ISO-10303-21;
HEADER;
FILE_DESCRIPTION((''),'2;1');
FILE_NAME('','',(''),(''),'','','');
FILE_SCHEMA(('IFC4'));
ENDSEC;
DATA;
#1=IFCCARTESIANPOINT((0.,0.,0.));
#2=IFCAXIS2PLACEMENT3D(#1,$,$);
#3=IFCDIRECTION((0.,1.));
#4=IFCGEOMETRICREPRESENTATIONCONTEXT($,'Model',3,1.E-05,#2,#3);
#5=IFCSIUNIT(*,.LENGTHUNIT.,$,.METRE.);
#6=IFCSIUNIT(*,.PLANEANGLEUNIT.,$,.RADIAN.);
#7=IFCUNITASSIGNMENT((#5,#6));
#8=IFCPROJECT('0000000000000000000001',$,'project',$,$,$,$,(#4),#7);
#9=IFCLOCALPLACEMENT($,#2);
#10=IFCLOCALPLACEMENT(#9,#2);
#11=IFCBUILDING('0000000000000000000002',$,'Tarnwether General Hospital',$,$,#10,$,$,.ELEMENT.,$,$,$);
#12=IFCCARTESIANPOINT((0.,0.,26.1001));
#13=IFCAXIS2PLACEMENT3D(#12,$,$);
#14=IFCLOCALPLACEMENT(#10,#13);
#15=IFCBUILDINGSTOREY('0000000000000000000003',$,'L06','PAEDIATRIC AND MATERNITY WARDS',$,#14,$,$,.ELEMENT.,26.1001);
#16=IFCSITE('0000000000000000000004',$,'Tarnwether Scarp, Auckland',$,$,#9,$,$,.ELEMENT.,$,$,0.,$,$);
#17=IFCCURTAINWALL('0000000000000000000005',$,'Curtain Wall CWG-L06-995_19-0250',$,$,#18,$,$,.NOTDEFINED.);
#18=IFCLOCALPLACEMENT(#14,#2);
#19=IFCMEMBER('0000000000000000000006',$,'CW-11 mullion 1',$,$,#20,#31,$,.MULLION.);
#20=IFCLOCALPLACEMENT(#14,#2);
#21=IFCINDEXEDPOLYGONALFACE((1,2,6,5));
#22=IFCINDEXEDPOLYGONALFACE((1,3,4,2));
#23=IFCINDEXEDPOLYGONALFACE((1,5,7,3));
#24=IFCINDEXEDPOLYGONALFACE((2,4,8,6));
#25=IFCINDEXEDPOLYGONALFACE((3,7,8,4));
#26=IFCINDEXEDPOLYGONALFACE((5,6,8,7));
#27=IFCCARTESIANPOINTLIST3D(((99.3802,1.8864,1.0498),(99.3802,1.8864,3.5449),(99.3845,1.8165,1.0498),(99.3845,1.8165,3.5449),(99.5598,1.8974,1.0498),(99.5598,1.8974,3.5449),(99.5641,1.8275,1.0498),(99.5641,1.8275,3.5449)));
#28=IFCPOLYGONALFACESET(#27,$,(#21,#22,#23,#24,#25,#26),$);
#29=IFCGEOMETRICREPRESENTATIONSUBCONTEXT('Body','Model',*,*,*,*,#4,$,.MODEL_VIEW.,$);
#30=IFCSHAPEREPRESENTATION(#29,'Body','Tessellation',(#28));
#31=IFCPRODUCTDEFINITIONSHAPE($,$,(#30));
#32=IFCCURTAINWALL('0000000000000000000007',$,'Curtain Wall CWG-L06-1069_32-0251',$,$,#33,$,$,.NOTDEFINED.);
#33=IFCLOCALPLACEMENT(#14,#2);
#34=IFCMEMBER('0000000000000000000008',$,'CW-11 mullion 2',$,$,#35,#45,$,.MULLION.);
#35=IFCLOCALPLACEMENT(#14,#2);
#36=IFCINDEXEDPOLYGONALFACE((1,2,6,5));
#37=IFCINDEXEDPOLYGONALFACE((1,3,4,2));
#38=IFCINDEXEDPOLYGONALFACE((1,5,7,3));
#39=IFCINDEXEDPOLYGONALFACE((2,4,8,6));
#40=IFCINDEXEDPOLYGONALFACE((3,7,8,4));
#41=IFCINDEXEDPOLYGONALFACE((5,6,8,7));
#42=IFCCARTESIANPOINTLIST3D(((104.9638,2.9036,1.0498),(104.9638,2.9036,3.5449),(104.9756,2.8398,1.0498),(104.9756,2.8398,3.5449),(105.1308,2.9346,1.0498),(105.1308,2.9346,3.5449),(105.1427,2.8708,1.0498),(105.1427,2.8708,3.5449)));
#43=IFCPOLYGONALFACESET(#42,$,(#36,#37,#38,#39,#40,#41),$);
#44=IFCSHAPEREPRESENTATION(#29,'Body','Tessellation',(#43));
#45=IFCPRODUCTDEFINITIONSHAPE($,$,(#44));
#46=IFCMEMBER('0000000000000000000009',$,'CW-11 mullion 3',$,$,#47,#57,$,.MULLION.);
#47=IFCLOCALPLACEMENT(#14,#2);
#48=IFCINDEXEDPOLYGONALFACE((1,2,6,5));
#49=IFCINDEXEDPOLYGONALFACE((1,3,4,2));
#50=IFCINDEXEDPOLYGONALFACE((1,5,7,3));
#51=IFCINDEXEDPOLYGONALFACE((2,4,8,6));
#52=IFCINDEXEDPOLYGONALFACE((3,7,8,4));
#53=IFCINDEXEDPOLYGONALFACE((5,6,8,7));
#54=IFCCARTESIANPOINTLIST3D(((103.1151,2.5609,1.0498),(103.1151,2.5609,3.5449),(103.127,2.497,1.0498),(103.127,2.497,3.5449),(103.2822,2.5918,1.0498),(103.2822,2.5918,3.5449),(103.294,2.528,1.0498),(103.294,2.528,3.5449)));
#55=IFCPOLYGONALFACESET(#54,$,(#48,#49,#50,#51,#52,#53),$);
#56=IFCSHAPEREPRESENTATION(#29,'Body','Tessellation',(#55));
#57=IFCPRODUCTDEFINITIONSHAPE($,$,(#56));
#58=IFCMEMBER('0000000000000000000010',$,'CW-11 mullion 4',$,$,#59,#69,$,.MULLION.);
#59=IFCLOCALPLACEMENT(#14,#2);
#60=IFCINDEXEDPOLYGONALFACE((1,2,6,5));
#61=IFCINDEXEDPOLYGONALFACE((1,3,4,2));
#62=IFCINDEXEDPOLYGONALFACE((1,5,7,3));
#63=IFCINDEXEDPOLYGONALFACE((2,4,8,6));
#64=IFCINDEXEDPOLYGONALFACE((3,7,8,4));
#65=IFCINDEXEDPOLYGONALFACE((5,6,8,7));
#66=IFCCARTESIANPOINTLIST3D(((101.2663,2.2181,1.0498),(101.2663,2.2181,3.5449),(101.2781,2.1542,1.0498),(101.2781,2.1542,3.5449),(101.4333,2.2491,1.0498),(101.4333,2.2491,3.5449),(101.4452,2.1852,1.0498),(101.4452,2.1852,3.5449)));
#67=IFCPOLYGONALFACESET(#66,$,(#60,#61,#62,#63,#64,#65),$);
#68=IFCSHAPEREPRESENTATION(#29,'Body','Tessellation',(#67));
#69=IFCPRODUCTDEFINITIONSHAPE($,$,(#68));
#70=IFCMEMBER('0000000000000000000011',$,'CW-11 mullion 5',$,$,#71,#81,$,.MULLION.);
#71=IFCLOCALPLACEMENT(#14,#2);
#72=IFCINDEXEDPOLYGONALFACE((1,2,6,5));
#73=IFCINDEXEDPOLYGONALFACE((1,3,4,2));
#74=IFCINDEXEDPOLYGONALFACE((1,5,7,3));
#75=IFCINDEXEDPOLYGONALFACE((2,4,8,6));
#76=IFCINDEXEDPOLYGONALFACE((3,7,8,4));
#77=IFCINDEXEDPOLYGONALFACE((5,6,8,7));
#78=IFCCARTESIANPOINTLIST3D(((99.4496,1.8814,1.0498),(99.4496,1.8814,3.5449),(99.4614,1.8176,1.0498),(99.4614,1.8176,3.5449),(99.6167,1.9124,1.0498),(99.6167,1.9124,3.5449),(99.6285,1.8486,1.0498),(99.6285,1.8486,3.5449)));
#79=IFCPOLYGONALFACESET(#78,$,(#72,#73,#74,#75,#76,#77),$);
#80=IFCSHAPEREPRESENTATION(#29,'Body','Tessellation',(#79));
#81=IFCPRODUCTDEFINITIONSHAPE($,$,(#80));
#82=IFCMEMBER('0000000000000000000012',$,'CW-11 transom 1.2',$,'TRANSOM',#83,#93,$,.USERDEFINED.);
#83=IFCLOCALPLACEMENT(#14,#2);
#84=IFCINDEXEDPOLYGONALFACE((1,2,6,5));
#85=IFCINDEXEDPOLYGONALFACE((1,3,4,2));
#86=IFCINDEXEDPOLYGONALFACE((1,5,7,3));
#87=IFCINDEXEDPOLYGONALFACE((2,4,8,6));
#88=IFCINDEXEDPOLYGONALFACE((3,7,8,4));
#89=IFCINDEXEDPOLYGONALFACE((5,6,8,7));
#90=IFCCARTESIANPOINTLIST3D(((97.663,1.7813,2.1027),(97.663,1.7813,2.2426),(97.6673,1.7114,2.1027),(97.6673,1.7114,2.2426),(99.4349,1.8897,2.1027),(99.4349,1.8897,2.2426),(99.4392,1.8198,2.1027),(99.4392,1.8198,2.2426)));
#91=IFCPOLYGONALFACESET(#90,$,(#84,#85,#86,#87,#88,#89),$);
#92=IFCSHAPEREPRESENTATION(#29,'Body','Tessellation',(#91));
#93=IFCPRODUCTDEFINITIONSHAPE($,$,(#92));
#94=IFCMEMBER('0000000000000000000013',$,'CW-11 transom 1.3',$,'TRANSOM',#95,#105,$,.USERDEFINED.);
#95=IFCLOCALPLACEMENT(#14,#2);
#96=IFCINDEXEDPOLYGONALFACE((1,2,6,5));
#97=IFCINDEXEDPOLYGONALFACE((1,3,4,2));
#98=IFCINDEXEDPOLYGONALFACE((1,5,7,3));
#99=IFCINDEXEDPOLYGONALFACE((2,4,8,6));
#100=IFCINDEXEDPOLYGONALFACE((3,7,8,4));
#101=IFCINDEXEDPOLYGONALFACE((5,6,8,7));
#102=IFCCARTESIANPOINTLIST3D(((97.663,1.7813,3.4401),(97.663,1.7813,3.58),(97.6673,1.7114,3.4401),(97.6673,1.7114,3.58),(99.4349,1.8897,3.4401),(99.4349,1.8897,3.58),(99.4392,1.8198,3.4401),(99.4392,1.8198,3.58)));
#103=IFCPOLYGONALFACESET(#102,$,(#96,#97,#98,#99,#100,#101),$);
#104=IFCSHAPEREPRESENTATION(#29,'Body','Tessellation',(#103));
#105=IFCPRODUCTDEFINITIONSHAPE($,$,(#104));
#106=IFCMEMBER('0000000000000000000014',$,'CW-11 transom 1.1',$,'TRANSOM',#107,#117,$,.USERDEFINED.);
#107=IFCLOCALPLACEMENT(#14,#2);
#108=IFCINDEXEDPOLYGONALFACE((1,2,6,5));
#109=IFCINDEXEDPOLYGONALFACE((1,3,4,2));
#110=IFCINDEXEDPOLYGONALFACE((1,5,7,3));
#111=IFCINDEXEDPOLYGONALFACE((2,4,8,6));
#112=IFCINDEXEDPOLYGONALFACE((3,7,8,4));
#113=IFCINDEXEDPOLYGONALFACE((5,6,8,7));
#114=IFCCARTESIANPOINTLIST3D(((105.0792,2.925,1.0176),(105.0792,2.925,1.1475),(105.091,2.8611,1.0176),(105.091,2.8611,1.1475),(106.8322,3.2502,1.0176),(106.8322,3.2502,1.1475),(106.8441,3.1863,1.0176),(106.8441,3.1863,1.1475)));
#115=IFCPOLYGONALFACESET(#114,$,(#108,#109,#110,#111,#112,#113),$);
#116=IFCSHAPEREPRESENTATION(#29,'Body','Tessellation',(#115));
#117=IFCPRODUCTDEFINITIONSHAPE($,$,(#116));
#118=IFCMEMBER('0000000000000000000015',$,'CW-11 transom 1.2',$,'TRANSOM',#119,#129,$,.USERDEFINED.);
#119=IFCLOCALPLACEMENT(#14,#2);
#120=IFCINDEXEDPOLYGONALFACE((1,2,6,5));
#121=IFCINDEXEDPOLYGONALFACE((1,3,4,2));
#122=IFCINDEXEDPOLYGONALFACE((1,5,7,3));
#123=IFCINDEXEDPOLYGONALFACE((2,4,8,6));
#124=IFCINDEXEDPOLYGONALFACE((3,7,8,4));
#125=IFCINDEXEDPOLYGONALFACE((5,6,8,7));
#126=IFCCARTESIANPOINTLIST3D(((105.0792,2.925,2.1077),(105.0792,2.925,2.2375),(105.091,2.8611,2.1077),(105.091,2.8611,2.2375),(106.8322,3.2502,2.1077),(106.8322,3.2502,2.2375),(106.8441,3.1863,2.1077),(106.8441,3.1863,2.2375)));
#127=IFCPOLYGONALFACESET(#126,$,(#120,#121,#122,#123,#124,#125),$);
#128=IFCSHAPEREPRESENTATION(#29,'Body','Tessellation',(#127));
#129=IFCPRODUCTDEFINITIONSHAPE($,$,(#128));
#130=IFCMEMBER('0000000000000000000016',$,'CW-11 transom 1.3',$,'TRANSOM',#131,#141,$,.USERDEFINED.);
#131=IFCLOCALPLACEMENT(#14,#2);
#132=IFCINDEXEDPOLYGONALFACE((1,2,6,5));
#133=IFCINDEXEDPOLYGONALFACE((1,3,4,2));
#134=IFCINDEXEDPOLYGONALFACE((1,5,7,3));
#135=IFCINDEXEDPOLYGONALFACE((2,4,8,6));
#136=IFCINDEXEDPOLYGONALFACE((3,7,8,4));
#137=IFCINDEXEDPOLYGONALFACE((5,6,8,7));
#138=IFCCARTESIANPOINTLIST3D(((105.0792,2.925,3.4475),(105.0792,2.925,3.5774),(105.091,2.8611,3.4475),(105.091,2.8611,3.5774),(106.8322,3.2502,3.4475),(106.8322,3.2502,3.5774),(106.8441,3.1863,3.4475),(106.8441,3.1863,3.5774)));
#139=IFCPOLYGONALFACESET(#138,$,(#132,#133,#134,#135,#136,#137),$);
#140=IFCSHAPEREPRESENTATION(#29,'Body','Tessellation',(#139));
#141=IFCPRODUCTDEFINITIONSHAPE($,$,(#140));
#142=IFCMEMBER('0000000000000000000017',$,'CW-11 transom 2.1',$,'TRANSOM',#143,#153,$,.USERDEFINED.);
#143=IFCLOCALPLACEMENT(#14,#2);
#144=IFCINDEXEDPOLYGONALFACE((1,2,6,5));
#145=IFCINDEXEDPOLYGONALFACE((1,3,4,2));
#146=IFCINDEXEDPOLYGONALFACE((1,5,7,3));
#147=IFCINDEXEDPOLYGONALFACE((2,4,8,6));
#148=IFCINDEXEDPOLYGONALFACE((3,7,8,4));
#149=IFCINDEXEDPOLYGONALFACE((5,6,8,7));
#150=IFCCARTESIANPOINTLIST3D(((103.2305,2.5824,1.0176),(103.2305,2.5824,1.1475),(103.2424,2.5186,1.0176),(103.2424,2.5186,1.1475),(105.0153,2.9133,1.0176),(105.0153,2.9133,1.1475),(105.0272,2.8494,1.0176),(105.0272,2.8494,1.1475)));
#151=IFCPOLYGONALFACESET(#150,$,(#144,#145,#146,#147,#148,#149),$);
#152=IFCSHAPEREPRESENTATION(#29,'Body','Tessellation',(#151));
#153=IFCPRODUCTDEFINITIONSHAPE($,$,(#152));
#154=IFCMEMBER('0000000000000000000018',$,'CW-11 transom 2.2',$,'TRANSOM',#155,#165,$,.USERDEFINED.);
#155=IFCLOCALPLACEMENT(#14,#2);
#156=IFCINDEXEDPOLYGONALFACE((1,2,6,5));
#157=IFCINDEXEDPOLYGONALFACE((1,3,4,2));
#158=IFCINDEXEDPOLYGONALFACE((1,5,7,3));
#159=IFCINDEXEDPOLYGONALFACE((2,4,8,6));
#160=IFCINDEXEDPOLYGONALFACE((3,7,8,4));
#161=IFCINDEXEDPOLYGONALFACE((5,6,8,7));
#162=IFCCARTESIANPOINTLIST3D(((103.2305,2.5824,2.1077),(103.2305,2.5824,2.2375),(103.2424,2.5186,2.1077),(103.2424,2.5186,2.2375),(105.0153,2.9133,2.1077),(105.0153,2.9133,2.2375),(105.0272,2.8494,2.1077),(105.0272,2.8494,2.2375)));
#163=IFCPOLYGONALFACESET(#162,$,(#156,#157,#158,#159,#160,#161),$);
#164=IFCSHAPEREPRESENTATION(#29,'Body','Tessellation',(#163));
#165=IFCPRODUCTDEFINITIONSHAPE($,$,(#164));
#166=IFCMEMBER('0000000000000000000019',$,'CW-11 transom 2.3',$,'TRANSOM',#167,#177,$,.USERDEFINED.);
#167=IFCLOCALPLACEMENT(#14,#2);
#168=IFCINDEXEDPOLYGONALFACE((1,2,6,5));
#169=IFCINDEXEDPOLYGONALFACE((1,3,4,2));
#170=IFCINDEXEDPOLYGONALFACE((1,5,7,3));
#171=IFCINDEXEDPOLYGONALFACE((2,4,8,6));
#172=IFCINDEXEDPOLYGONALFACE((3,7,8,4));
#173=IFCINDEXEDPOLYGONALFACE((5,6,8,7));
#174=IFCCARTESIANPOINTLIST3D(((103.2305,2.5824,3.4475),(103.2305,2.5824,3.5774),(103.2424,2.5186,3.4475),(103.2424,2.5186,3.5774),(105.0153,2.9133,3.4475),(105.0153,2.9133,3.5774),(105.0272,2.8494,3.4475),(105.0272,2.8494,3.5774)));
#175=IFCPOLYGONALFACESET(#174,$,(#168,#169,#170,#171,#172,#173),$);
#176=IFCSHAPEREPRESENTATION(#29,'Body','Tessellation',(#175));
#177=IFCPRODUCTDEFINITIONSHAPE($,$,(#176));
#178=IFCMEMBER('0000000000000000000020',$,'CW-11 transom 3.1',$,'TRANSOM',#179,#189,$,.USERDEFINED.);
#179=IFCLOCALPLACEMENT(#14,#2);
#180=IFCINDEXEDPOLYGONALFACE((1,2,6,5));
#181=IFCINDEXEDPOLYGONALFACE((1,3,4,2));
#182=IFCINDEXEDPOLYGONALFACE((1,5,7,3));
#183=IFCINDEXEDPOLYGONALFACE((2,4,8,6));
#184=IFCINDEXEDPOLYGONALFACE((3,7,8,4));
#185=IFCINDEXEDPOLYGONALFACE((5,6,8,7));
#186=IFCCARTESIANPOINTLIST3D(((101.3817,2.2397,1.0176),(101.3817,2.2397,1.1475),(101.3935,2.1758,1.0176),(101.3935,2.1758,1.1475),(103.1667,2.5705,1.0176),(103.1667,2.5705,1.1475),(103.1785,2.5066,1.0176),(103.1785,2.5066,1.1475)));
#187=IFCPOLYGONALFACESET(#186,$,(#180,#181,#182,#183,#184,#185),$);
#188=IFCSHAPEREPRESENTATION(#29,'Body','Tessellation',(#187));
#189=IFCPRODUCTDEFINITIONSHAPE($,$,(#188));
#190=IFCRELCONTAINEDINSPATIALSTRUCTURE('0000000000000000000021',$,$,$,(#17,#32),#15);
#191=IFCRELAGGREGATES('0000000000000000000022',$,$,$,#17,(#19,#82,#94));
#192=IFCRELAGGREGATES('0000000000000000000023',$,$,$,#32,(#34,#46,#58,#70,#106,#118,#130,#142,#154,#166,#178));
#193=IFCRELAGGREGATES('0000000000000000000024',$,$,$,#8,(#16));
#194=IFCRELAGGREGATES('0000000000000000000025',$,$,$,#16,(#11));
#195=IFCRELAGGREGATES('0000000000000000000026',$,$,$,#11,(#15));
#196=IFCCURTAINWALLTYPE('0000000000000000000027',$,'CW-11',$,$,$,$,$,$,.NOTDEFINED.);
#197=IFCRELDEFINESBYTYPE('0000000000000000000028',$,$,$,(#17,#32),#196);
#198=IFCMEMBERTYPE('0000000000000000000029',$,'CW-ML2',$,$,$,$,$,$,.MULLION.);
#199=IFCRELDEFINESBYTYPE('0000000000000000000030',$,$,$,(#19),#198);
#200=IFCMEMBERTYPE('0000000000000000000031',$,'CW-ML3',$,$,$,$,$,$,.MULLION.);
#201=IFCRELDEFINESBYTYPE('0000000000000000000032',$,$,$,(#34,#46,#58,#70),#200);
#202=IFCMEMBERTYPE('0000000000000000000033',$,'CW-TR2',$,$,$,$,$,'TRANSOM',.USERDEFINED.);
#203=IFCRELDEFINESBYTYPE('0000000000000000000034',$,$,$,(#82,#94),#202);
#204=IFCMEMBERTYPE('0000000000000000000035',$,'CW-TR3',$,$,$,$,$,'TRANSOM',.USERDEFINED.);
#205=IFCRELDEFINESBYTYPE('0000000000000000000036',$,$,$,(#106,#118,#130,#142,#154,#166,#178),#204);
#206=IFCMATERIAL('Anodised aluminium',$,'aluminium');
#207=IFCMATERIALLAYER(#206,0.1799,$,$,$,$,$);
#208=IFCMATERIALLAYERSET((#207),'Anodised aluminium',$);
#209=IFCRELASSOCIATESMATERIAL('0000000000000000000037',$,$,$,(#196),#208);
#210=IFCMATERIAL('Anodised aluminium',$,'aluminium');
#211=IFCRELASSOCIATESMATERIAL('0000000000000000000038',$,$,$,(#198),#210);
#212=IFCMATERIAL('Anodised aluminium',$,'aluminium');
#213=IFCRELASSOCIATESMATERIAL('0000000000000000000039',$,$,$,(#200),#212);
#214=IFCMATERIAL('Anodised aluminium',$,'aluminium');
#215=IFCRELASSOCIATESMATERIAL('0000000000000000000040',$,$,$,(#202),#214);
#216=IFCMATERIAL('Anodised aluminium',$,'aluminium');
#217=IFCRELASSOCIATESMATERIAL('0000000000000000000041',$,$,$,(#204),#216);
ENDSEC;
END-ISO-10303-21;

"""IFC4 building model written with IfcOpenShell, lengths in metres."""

from ifc_helpers import new_model, si_unit, direction, frame, origin, origin_2d, place, context, subcontext, project, spatial, rectangle, extrude, material, layer, layer_set, material_profile, profile_set, type_object, element, aggregate, save


model = new_model("IFC4")

# Units and contexts
model_context = context("Model", 3, precision=1e-05, world=origin(), true_north=direction((0.0, 1.0)))
body_context = subcontext(model_context, "Body", "Model", "MODEL_VIEW")
ifc_project = project(units=[si_unit("LENGTHUNIT", "METRE"), si_unit("PLANEANGLEUNIT", "RADIAN")], contexts=[model_context])

# Site, building, storey
site_placement = place(None, origin())
site = spatial("IfcSite", under=ifc_project, at=site_placement, Name="Tarnwether Scarp, Auckland", CompositionType="ELEMENT", RefElevation=0.0)
building_placement = place(site_placement, origin())
building = spatial("IfcBuilding", under=site, at=building_placement, Name="Tarnwether General Hospital", CompositionType="ELEMENT")
storey_placement = place(building_placement, frame((0.0, 0.0, 26.1001)))
storey = spatial("IfcBuildingStorey", under=building, at=storey_placement, Name="L06", Description="PAEDIATRIC AND MATERNITY WARDS", CompositionType="ELEMENT", Elevation=26.1001)

# Curtain wall, member
ifc_material_1 = material(Name="Anodised aluminium", Category="aluminium")
ifc_layer_1 = layer(ifc_material_1, 0.1799)
ifc_layer_set_1 = layer_set([ifc_layer_1], Name="Anodised aluminium")
curtain_wall_type = type_object("IfcCurtainWallType", Name="CW-11", PredefinedType="NOTDEFINED", material=ifc_layer_set_1)
curtain_wall_1_placement = place(storey_placement, origin())
curtain_wall_1 = element("IfcCurtainWall", 1, at=curtain_wall_1_placement, inside=storey, type_object=curtain_wall_type, Name="Curtain Wall CWG-L06-995_19-0250", PredefinedType="NOTDEFINED")
ifc_material_2 = material(Name="Anodised aluminium", Category="aluminium")
ifc_material_profile_1 = material_profile(ifc_material_2, rectangle(XDim=0.0701, YDim=0.1799, at=origin_2d()), Name="ALU-MUL-70x180")
ifc_profile_set_1 = profile_set([ifc_material_profile_1], Name="Anodised aluminium")
member_type_1 = type_object("IfcMemberType", Name="CW-ML2", PredefinedType="MULLION", material=ifc_profile_set_1)
member_1_placement = place(storey_placement, frame((99.4722, 1.8569, 1.0498), z_axis=(0.0, 0.0, 1.0), x_axis=(0.061029, -0.998136, 0.0)))
member_1 = element("IfcMember", 2, at=member_1_placement, type_object=member_type_1, Name="CW-11 mullion 1", PredefinedType="MULLION", context=body_context, shape_type="SweptSolid", body=[
    extrude(rectangle(XDim=0.0701, YDim=0.1799, at=origin_2d()), origin(), (0.0, 0.0, 1.0), 2.4951),
])

# Curtain wall, members
curtain_wall_2_placement = place(storey_placement, origin())
curtain_wall_2 = element("IfcCurtainWall", 3, at=curtain_wall_2_placement, inside=storey, type_object=curtain_wall_type, Name="Curtain Wall CWG-L06-1069_32-0251", PredefinedType="NOTDEFINED")
ifc_material_3 = material(Name="Anodised aluminium", Category="aluminium")
ifc_material_profile_2 = material_profile(ifc_material_3, rectangle(XDim=0.0649, YDim=0.1699, at=origin_2d()), Name="ALU-MUL-65x170")
ifc_profile_set_2 = profile_set([ifc_material_profile_2], Name="Anodised aluminium")
member_type_2 = type_object("IfcMemberType", Name="CW-ML3", PredefinedType="MULLION", material=ifc_profile_set_2)
member_2_placement = place(storey_placement, frame((105.0532, 2.8872, 1.0498), z_axis=(0.0, 0.0, 1.0), x_axis=(0.182289, -0.983245, 0.0)))
member_2 = element("IfcMember", 4, at=member_2_placement, type_object=member_type_2, Name="CW-11 mullion 2", PredefinedType="MULLION", context=body_context, shape_type="SweptSolid", body=[
    extrude(rectangle(XDim=0.0649, YDim=0.1699, at=origin_2d()), origin(), (0.0, 0.0, 1.0), 2.4951),
])
member_3_placement = place(storey_placement, frame((103.2046, 2.5444, 1.0498), z_axis=(0.0, 0.0, 1.0), x_axis=(0.182289, -0.983245, 0.0)))
member_3 = element("IfcMember", 5, at=member_3_placement, type_object=member_type_2, Name="CW-11 mullion 3", PredefinedType="MULLION", context=body_context, shape_type="SweptSolid", body=[
    extrude(rectangle(XDim=0.0649, YDim=0.1699, at=origin_2d()), origin(), (0.0, 0.0, 1.0), 2.4951),
])
member_4_placement = place(storey_placement, frame((101.3557, 2.2017, 1.0498), z_axis=(0.0, 0.0, 1.0), x_axis=(0.182289, -0.983245, 0.0)))
member_4 = element("IfcMember", 6, at=member_4_placement, type_object=member_type_2, Name="CW-11 mullion 4", PredefinedType="MULLION", context=body_context, shape_type="SweptSolid", body=[
    extrude(rectangle(XDim=0.0649, YDim=0.1699, at=origin_2d()), origin(), (0.0, 0.0, 1.0), 2.4951),
])
member_5_placement = place(storey_placement, frame((99.5391, 1.865, 1.0498), z_axis=(0.0, 0.0, 1.0), x_axis=(0.182289, -0.983245, 0.0)))
member_5 = element("IfcMember", 7, at=member_5_placement, type_object=member_type_2, Name="CW-11 mullion 5", PredefinedType="MULLION", context=body_context, shape_type="SweptSolid", body=[
    extrude(rectangle(XDim=0.0649, YDim=0.1699, at=origin_2d()), origin(), (0.0, 0.0, 1.0), 2.4951),
])

# Members
ifc_material_4 = material(Name="Anodised aluminium", Category="aluminium")
ifc_material_profile_3 = material_profile(ifc_material_4, rectangle(XDim=0.0701, YDim=0.1399, at=origin_2d()), Name="ALU-TRN-70x140")
ifc_profile_set_3 = profile_set([ifc_material_profile_3], Name="Anodised aluminium")
member_type_3 = type_object("IfcMemberType", Name="CW-TR2", ElementType="TRANSOM", PredefinedType="USERDEFINED", material=ifc_profile_set_3)
member_6_placement = place(storey_placement, frame((99.437, 1.8547, 2.1726), z_axis=(-0.998134, -0.061068, 0.0), x_axis=(0.061068, -0.998134, 0.0)))
member_6 = element("IfcMember", 8, at=member_6_placement, type_object=member_type_3, Name="CW-11 transom 1.2", ObjectType="TRANSOM", PredefinedType="USERDEFINED", context=body_context, shape_type="SweptSolid", body=[
    extrude(rectangle(XDim=0.0701, YDim=0.1399, at=origin_2d()), origin(), (0.0, 0.0, 1.0), 1.7751),
])
member_7_placement = place(storey_placement, frame((99.437, 1.8547, 3.51), z_axis=(-0.998134, -0.061068, 0.0), x_axis=(0.061068, -0.998134, 0.0)))
member_7 = element("IfcMember", 9, at=member_7_placement, type_object=member_type_3, Name="CW-11 transom 1.3", ObjectType="TRANSOM", PredefinedType="USERDEFINED", context=body_context, shape_type="SweptSolid", body=[
    extrude(rectangle(XDim=0.0701, YDim=0.1399, at=origin_2d()), origin(), (0.0, 0.0, 1.0), 1.7751),
])
aggregate(curtain_wall_1, [member_1, member_6, member_7])
ifc_material_5 = material(Name="Anodised aluminium", Category="aluminium")
ifc_material_profile_4 = material_profile(ifc_material_5, rectangle(XDim=0.0649, YDim=0.1299, at=origin_2d()), Name="ALU-TRN-65x130")
ifc_profile_set_4 = profile_set([ifc_material_profile_4], Name="Anodised aluminium")
member_type_4 = type_object("IfcMemberType", Name="CW-TR3", ElementType="TRANSOM", PredefinedType="USERDEFINED", material=ifc_profile_set_4)
member_8_placement = place(storey_placement, frame((106.8381, 3.2183, 1.0825), z_axis=(-0.983224, -0.182403, 0.0), x_axis=(0.182403, -0.983224, 0.0)))
member_8 = element("IfcMember", 10, at=member_8_placement, type_object=member_type_4, Name="CW-11 transom 1.1", ObjectType="TRANSOM", PredefinedType="USERDEFINED", context=body_context, shape_type="SweptSolid", body=[
    extrude(rectangle(XDim=0.0649, YDim=0.1299, at=origin_2d()), origin(), (0.0, 0.0, 1.0), 1.783),
])
member_9_placement = place(storey_placement, frame((106.8381, 3.2183, 2.1726), z_axis=(-0.983224, -0.182403, 0.0), x_axis=(0.182403, -0.983224, 0.0)))
member_9 = element("IfcMember", 11, at=member_9_placement, type_object=member_type_4, Name="CW-11 transom 1.2", ObjectType="TRANSOM", PredefinedType="USERDEFINED", context=body_context, shape_type="SweptSolid", body=[
    extrude(rectangle(XDim=0.0649, YDim=0.1299, at=origin_2d()), origin(), (0.0, 0.0, 1.0), 1.783),
])
member_10_placement = place(storey_placement, frame((106.8381, 3.2183, 3.5125), z_axis=(-0.983224, -0.182403, 0.0), x_axis=(0.182403, -0.983224, 0.0)))
member_10 = element("IfcMember", 12, at=member_10_placement, type_object=member_type_4, Name="CW-11 transom 1.3", ObjectType="TRANSOM", PredefinedType="USERDEFINED", context=body_context, shape_type="SweptSolid", body=[
    extrude(rectangle(XDim=0.0649, YDim=0.1299, at=origin_2d()), origin(), (0.0, 0.0, 1.0), 1.783),
])
member_11_placement = place(storey_placement, frame((105.0212, 2.8813, 1.0825), z_axis=(-0.983251, -0.182258, 0.0), x_axis=(0.182258, -0.983251, 0.0)))
member_11 = element("IfcMember", 13, at=member_11_placement, type_object=member_type_4, Name="CW-11 transom 2.1", ObjectType="TRANSOM", PredefinedType="USERDEFINED", context=body_context, shape_type="SweptSolid", body=[
    extrude(rectangle(XDim=0.0649, YDim=0.1299, at=origin_2d()), origin(), (0.0, 0.0, 1.0), 1.8152),
])
member_12_placement = place(storey_placement, frame((105.0212, 2.8813, 2.1726), z_axis=(-0.983251, -0.182258, 0.0), x_axis=(0.182258, -0.983251, 0.0)))
member_12 = element("IfcMember", 14, at=member_12_placement, type_object=member_type_4, Name="CW-11 transom 2.2", ObjectType="TRANSOM", PredefinedType="USERDEFINED", context=body_context, shape_type="SweptSolid", body=[
    extrude(rectangle(XDim=0.0649, YDim=0.1299, at=origin_2d()), origin(), (0.0, 0.0, 1.0), 1.8152),
])
member_13_placement = place(storey_placement, frame((105.0212, 2.8813, 3.5125), z_axis=(-0.983251, -0.182258, 0.0), x_axis=(0.182258, -0.983251, 0.0)))
member_13 = element("IfcMember", 15, at=member_13_placement, type_object=member_type_4, Name="CW-11 transom 2.3", ObjectType="TRANSOM", PredefinedType="USERDEFINED", context=body_context, shape_type="SweptSolid", body=[
    extrude(rectangle(XDim=0.0649, YDim=0.1299, at=origin_2d()), origin(), (0.0, 0.0, 1.0), 1.8152),
])
member_14_placement = place(storey_placement, frame((103.1726, 2.5386, 1.0825), z_axis=(-0.983255, -0.182234, 0.0), x_axis=(0.182234, -0.983255, 0.0)))
member_14 = element("IfcMember", 16, at=member_14_placement, type_object=member_type_4, Name="CW-11 transom 3.1", ObjectType="TRANSOM", PredefinedType="USERDEFINED", context=body_context, shape_type="SweptSolid", body=[
    extrude(rectangle(XDim=0.0649, YDim=0.1299, at=origin_2d()), origin(), (0.0, 0.0, 1.0), 1.8154),
])

aggregate(curtain_wall_2, [member_2, member_3, member_4, member_5, member_8, member_9, member_10, member_11, member_12, member_13, member_14])

save(model, "model.ifc")
